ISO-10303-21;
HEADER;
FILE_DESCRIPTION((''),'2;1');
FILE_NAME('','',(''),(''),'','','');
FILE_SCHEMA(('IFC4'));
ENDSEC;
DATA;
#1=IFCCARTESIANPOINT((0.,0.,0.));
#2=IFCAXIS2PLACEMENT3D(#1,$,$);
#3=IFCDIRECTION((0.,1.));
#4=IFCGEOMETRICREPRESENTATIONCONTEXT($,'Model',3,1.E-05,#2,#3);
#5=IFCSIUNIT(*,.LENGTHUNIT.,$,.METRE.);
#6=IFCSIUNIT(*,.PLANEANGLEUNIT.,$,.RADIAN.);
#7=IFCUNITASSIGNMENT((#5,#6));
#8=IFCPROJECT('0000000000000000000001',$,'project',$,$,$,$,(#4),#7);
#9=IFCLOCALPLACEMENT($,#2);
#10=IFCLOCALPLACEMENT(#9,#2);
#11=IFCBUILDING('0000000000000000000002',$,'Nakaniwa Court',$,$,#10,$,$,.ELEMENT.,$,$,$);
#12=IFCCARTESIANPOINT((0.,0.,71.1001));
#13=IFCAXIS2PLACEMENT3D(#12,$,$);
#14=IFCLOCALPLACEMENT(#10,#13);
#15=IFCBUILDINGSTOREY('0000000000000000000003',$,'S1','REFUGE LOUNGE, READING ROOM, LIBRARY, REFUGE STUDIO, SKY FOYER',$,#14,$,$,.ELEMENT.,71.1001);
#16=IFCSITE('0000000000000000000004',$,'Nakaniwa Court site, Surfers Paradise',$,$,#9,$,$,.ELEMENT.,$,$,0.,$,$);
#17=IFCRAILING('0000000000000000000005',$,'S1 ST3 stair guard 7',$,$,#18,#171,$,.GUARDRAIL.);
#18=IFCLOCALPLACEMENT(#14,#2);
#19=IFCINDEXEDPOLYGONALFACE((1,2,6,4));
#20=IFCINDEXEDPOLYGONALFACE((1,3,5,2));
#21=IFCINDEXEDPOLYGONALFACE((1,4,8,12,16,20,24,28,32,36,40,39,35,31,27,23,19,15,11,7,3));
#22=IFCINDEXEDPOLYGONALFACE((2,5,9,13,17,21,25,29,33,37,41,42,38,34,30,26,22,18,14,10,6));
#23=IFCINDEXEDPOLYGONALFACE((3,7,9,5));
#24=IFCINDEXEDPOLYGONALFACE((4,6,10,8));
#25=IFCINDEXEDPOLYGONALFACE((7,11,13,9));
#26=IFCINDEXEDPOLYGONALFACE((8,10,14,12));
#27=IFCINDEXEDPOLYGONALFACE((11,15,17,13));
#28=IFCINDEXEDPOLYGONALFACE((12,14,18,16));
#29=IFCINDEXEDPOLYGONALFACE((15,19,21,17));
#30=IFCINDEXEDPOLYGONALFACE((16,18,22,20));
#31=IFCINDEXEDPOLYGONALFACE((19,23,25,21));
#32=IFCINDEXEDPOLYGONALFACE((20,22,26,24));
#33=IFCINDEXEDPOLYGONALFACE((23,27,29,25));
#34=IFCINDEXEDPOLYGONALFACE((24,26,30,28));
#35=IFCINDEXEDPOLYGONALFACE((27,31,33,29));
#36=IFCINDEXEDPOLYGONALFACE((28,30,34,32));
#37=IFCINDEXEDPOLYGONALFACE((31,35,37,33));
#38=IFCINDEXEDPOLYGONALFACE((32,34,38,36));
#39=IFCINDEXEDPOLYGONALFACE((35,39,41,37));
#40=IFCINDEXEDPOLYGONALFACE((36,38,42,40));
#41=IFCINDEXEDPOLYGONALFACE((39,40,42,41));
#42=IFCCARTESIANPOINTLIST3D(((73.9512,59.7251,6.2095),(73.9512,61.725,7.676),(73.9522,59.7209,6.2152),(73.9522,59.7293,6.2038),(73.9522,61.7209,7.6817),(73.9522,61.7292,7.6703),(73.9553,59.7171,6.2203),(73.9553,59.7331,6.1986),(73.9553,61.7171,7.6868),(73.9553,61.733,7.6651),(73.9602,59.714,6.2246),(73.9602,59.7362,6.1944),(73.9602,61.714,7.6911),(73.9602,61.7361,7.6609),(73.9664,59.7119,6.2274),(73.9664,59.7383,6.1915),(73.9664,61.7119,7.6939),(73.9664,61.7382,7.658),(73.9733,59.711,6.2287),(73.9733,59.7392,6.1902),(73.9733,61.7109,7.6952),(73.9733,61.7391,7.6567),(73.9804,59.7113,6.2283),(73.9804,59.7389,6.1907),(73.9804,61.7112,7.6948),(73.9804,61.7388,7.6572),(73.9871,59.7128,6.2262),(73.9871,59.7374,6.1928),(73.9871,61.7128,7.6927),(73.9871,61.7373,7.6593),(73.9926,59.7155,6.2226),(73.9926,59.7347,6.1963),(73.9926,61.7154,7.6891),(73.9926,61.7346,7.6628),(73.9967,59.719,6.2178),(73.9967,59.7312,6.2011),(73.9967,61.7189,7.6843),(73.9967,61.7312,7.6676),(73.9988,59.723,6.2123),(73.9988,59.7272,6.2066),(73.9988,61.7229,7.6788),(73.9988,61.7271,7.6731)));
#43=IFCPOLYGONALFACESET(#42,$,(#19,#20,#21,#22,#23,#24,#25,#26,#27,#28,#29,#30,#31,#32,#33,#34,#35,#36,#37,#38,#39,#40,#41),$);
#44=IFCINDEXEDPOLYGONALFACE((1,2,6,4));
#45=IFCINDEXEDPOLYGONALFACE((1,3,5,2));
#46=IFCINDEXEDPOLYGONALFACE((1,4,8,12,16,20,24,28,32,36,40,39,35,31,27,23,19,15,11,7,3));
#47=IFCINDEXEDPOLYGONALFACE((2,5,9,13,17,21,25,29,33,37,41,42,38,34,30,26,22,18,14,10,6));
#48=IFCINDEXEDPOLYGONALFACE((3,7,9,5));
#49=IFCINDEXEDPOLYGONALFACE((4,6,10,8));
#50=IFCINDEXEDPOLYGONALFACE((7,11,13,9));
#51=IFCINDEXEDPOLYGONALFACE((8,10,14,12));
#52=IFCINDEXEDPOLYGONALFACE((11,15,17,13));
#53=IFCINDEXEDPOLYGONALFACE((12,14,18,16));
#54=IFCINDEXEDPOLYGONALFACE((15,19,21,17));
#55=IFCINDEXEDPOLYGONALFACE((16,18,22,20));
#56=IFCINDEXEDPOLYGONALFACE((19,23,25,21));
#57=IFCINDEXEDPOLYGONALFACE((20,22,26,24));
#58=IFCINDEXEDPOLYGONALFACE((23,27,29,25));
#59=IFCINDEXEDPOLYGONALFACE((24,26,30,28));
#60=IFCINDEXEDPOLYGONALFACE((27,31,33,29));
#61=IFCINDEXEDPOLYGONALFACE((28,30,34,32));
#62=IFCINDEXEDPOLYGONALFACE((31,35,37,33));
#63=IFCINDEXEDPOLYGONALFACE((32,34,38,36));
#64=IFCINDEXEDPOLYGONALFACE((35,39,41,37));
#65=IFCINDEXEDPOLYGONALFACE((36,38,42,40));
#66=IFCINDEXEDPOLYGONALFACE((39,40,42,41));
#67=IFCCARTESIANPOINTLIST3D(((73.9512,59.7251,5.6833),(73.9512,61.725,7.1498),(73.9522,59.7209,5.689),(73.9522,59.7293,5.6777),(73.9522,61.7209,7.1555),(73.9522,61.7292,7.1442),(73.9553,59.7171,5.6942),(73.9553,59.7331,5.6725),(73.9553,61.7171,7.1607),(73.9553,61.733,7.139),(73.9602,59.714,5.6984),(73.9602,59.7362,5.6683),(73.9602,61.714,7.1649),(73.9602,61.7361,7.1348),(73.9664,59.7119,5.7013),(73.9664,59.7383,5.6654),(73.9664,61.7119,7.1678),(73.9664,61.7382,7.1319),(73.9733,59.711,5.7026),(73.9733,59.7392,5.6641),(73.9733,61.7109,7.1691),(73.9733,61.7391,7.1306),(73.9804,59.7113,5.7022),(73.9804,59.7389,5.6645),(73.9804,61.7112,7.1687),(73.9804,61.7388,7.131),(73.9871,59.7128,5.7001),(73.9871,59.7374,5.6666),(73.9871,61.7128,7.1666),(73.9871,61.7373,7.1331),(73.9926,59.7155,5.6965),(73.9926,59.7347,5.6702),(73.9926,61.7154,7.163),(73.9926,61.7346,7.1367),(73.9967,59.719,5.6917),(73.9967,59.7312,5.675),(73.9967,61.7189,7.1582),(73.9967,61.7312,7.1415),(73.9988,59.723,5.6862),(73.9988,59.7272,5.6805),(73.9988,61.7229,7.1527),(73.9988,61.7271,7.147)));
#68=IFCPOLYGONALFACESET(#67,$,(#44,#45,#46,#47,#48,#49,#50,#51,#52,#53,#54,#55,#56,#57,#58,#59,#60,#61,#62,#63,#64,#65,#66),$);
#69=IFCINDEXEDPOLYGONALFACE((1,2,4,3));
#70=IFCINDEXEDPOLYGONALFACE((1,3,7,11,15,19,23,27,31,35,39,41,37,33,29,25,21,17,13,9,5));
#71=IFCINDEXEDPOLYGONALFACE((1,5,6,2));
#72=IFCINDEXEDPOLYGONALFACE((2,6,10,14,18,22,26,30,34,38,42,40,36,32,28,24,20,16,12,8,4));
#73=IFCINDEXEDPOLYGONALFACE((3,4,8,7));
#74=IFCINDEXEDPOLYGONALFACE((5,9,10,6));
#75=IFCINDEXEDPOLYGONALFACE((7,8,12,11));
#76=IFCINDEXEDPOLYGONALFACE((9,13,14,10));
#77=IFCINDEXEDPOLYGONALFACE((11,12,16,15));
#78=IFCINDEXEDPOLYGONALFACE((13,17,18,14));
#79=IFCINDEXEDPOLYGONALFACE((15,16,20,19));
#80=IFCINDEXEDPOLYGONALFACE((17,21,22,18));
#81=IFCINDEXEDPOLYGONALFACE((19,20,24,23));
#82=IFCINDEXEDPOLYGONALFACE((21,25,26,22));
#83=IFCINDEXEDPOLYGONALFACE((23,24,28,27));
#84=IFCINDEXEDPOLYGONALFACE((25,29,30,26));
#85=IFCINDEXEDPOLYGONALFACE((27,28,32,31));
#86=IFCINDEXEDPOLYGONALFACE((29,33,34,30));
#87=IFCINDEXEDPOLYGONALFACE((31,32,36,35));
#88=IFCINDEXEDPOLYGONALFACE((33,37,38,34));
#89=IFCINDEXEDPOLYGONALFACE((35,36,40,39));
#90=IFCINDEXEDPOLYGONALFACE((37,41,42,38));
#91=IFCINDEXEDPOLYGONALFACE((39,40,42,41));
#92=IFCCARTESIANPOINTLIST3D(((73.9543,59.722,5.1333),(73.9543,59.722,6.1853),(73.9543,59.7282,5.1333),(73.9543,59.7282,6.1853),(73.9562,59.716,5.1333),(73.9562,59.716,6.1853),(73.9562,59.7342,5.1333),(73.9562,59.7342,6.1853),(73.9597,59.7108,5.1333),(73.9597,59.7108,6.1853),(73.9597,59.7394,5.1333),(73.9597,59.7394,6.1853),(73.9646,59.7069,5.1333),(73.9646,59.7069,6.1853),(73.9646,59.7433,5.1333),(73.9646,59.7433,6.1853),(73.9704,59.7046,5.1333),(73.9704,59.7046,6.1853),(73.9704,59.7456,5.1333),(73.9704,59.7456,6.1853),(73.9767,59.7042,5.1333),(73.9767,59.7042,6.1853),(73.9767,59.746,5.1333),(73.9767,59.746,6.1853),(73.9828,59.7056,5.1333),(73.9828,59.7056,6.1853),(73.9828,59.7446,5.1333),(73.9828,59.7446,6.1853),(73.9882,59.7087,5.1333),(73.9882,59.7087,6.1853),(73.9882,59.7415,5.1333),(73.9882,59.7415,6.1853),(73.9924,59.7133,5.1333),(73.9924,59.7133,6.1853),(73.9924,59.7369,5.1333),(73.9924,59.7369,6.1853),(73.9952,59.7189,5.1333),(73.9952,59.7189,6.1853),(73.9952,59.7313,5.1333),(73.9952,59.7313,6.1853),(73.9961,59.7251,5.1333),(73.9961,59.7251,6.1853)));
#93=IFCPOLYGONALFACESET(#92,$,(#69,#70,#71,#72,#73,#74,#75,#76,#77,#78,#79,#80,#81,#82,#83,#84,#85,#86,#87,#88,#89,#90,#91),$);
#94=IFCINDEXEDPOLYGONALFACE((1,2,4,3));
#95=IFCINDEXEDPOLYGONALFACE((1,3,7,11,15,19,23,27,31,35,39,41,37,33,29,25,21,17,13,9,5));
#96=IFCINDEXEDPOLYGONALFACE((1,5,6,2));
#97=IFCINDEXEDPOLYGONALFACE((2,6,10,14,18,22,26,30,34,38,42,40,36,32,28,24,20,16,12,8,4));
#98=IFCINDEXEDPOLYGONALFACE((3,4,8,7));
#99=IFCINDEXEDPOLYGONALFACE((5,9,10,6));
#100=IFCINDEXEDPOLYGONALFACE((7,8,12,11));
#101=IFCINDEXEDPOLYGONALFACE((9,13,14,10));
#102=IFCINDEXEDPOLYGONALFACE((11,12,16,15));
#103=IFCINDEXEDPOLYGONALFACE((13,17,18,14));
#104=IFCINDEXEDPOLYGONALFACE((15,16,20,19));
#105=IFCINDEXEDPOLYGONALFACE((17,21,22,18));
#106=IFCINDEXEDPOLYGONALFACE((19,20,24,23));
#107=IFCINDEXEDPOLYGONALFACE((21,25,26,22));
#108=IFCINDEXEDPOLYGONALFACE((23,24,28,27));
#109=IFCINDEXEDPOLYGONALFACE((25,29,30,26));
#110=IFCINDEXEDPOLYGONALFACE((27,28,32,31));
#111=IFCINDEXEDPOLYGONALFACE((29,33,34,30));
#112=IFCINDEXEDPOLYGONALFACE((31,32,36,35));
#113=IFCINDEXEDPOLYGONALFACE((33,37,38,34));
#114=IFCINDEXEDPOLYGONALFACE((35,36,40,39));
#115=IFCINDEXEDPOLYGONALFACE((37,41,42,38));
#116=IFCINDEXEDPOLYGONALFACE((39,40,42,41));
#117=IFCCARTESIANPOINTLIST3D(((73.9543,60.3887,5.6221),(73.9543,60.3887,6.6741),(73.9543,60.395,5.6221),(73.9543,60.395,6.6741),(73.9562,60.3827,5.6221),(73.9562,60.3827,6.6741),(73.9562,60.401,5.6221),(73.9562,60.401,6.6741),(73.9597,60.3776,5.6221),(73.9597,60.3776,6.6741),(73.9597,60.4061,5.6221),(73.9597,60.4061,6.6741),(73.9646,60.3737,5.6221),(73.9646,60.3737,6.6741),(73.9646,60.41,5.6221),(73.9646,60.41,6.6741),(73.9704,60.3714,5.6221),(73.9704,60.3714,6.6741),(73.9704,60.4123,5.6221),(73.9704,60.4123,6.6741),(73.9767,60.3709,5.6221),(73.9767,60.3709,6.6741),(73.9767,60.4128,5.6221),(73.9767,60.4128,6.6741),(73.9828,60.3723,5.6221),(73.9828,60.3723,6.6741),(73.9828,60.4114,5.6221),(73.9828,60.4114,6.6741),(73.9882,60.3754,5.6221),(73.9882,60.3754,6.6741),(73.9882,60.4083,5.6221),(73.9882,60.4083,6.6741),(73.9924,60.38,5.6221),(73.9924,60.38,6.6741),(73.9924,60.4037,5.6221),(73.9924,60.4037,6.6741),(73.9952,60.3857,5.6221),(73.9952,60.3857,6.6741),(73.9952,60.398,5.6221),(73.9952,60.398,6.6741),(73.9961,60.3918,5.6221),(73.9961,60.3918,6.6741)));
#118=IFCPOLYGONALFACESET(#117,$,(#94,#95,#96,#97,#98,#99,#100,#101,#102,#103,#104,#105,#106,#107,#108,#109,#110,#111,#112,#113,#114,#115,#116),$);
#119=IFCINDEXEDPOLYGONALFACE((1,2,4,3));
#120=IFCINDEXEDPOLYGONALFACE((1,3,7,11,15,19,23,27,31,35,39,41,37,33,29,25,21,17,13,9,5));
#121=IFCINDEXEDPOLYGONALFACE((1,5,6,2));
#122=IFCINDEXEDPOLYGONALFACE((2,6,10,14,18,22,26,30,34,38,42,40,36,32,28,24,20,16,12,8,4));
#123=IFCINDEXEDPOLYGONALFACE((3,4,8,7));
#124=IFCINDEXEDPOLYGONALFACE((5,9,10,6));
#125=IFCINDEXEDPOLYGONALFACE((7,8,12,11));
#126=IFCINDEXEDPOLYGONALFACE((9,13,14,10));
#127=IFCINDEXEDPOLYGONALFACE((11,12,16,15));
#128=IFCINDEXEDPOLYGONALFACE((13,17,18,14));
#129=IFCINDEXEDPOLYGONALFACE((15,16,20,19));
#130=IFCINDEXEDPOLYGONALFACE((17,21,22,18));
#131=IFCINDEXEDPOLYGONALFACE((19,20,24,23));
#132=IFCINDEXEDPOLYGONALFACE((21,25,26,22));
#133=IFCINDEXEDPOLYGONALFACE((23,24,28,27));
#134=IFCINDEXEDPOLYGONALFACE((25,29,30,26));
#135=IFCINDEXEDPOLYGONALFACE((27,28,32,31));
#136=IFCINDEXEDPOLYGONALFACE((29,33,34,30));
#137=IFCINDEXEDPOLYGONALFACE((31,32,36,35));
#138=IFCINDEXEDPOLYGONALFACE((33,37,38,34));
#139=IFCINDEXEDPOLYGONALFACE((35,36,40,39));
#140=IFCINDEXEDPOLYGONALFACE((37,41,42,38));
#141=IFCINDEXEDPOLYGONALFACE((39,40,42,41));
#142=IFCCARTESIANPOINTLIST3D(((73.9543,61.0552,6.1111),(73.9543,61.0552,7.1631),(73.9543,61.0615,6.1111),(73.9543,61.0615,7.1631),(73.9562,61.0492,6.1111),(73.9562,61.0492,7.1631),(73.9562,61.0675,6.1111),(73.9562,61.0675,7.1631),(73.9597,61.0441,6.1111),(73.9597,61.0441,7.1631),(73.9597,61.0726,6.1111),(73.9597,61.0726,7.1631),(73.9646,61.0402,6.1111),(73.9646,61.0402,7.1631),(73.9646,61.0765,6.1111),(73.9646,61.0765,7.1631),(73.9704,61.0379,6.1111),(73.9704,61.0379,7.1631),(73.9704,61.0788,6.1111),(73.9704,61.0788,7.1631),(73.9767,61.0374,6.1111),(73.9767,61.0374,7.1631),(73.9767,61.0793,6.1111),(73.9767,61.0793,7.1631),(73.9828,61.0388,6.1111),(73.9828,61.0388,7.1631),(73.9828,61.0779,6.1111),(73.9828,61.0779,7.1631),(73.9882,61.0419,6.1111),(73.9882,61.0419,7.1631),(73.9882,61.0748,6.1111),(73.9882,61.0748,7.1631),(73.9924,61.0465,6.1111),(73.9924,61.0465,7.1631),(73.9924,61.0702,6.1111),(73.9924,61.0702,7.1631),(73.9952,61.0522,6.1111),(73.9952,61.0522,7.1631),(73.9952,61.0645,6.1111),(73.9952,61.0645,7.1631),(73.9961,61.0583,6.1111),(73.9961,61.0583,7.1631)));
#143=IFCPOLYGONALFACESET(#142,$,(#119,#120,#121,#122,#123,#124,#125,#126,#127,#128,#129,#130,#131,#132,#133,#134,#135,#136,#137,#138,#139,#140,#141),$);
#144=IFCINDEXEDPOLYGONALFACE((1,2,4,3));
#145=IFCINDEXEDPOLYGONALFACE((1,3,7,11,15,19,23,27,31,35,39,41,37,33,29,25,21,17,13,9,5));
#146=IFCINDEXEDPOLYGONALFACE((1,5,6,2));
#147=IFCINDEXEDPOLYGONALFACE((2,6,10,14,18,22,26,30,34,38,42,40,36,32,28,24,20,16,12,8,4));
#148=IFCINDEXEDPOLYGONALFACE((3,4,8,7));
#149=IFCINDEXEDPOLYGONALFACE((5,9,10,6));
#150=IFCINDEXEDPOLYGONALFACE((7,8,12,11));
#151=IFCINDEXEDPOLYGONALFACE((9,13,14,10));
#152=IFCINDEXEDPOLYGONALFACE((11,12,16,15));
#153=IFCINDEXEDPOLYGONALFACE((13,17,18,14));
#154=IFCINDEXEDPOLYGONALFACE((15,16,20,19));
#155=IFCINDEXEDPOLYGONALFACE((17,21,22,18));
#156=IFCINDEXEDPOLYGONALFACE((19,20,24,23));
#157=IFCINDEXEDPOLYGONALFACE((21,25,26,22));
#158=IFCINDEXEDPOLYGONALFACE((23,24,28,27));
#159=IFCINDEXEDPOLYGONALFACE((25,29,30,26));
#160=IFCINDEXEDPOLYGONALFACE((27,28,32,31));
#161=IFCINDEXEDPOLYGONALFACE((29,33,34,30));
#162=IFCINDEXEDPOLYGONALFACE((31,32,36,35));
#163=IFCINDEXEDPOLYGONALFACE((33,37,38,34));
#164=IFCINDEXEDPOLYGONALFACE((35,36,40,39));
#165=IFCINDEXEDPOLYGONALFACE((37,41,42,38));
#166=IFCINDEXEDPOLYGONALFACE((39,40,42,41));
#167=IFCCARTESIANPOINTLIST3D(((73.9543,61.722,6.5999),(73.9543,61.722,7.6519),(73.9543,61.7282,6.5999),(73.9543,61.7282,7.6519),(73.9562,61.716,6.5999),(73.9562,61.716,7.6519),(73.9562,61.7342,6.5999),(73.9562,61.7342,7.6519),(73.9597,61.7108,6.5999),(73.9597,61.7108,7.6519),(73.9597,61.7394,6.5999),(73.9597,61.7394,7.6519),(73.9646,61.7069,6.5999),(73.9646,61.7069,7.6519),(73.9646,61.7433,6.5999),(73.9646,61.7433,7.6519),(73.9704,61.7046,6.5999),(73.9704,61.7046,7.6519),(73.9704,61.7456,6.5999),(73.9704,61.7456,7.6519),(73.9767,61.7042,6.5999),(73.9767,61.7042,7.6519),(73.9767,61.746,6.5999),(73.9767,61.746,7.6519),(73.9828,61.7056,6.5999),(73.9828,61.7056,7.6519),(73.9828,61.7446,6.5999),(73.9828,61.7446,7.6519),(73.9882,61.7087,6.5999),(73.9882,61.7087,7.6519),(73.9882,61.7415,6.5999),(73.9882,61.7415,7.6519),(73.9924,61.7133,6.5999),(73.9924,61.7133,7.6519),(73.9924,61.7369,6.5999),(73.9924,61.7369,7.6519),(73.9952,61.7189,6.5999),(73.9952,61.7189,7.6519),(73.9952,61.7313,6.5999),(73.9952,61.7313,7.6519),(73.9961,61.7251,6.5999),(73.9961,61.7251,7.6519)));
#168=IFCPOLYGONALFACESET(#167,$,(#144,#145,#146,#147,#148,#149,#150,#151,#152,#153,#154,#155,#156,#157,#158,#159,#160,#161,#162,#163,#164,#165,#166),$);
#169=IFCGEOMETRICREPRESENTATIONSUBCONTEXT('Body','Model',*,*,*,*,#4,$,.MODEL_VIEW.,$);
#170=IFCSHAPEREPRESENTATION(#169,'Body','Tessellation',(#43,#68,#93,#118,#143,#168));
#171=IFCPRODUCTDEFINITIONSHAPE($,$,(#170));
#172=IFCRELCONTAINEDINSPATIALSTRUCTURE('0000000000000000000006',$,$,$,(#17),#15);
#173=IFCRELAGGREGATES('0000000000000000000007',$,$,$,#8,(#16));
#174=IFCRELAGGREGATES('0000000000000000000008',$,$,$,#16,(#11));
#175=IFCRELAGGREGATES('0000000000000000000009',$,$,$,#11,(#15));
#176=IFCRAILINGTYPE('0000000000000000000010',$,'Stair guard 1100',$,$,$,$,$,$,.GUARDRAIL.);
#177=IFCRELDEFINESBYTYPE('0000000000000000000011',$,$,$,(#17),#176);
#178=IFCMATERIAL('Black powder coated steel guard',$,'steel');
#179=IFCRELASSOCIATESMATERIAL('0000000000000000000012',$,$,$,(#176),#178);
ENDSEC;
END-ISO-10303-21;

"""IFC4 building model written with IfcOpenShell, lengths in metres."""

from ifc_helpers import new_model, si_unit, direction, frame, origin, origin_2d, place, context, subcontext, project, spatial, circle, extrude, material, type_object, element, save


model = new_model("IFC4")

# Units and contexts
model_context = context("Model", 3, precision=1e-05, world=origin(), true_north=direction((0.0, 1.0)))
body_context = subcontext(model_context, "Body", "Model", "MODEL_VIEW")
ifc_project = project(units=[si_unit("LENGTHUNIT", "METRE"), si_unit("PLANEANGLEUNIT", "RADIAN")], contexts=[model_context])

# Site, building, storey
site_placement = place(None, origin())
site = spatial("IfcSite", under=ifc_project, at=site_placement, Name="Nakaniwa Court site, Surfers Paradise", CompositionType="ELEMENT", RefElevation=0.0)
building_placement = place(site_placement, origin())
building = spatial("IfcBuilding", under=site, at=building_placement, Name="Nakaniwa Court", CompositionType="ELEMENT")
storey_placement = place(building_placement, frame((0.0, 0.0, 71.1001)))
storey = spatial("IfcBuildingStorey", under=building, at=storey_placement, Name="S1", Description="REFUGE LOUNGE, READING ROOM, LIBRARY, REFUGE STUDIO, SKY FOYER", CompositionType="ELEMENT", Elevation=71.1001)

# Railing
ifc_material_1 = material(Name="Black powder coated steel guard", Category="steel")
railing_type_1 = type_object("IfcRailingType", Name="Stair guard 1100", PredefinedType="GUARDRAIL", material=ifc_material_1)
railing_1_placement = place(storey_placement, frame((73.9751, 59.7251, 5.1333)))
element("IfcRailing", 1, at=railing_1_placement, inside=storey, type_object=railing_type_1, Name="S1 ST3 stair guard 7", PredefinedType="GUARDRAIL", context=body_context, shape_type="SweptSolid", body=[
    extrude(circle(Radius=0.0239, at=origin_2d()), frame((0.0, 0.0, 1.0762), z_axis=(0.0, 0.806427, 0.591334), x_axis=(-1.0, 0.0, 0.0)), (0.0, 0.0, 1.0), 2.48),
    extrude(circle(Radius=0.0239, at=origin_2d()), frame((0.0, 0.0, 0.55), z_axis=(0.0, 0.806427, 0.591334), x_axis=(-1.0, 0.0, 0.0)), (0.0, 0.0, 1.0), 2.48),
    extrude(circle(Radius=0.021, at=origin_2d()), origin(), (0.0, 0.0, 1.0), 1.052),
    extrude(circle(Radius=0.021, at=origin_2d()), frame((0.0, 0.6667, 0.4888)), (0.0, 0.0, 1.0), 1.052),
    extrude(circle(Radius=0.021, at=origin_2d()), frame((0.0, 1.3333, 0.9778)), (0.0, 0.0, 1.0), 1.052),
    extrude(circle(Radius=0.021, at=origin_2d()), frame((0.0, 2.0, 1.4666)), (0.0, 0.0, 1.0), 1.052),
])

save(model, "model.ifc")
